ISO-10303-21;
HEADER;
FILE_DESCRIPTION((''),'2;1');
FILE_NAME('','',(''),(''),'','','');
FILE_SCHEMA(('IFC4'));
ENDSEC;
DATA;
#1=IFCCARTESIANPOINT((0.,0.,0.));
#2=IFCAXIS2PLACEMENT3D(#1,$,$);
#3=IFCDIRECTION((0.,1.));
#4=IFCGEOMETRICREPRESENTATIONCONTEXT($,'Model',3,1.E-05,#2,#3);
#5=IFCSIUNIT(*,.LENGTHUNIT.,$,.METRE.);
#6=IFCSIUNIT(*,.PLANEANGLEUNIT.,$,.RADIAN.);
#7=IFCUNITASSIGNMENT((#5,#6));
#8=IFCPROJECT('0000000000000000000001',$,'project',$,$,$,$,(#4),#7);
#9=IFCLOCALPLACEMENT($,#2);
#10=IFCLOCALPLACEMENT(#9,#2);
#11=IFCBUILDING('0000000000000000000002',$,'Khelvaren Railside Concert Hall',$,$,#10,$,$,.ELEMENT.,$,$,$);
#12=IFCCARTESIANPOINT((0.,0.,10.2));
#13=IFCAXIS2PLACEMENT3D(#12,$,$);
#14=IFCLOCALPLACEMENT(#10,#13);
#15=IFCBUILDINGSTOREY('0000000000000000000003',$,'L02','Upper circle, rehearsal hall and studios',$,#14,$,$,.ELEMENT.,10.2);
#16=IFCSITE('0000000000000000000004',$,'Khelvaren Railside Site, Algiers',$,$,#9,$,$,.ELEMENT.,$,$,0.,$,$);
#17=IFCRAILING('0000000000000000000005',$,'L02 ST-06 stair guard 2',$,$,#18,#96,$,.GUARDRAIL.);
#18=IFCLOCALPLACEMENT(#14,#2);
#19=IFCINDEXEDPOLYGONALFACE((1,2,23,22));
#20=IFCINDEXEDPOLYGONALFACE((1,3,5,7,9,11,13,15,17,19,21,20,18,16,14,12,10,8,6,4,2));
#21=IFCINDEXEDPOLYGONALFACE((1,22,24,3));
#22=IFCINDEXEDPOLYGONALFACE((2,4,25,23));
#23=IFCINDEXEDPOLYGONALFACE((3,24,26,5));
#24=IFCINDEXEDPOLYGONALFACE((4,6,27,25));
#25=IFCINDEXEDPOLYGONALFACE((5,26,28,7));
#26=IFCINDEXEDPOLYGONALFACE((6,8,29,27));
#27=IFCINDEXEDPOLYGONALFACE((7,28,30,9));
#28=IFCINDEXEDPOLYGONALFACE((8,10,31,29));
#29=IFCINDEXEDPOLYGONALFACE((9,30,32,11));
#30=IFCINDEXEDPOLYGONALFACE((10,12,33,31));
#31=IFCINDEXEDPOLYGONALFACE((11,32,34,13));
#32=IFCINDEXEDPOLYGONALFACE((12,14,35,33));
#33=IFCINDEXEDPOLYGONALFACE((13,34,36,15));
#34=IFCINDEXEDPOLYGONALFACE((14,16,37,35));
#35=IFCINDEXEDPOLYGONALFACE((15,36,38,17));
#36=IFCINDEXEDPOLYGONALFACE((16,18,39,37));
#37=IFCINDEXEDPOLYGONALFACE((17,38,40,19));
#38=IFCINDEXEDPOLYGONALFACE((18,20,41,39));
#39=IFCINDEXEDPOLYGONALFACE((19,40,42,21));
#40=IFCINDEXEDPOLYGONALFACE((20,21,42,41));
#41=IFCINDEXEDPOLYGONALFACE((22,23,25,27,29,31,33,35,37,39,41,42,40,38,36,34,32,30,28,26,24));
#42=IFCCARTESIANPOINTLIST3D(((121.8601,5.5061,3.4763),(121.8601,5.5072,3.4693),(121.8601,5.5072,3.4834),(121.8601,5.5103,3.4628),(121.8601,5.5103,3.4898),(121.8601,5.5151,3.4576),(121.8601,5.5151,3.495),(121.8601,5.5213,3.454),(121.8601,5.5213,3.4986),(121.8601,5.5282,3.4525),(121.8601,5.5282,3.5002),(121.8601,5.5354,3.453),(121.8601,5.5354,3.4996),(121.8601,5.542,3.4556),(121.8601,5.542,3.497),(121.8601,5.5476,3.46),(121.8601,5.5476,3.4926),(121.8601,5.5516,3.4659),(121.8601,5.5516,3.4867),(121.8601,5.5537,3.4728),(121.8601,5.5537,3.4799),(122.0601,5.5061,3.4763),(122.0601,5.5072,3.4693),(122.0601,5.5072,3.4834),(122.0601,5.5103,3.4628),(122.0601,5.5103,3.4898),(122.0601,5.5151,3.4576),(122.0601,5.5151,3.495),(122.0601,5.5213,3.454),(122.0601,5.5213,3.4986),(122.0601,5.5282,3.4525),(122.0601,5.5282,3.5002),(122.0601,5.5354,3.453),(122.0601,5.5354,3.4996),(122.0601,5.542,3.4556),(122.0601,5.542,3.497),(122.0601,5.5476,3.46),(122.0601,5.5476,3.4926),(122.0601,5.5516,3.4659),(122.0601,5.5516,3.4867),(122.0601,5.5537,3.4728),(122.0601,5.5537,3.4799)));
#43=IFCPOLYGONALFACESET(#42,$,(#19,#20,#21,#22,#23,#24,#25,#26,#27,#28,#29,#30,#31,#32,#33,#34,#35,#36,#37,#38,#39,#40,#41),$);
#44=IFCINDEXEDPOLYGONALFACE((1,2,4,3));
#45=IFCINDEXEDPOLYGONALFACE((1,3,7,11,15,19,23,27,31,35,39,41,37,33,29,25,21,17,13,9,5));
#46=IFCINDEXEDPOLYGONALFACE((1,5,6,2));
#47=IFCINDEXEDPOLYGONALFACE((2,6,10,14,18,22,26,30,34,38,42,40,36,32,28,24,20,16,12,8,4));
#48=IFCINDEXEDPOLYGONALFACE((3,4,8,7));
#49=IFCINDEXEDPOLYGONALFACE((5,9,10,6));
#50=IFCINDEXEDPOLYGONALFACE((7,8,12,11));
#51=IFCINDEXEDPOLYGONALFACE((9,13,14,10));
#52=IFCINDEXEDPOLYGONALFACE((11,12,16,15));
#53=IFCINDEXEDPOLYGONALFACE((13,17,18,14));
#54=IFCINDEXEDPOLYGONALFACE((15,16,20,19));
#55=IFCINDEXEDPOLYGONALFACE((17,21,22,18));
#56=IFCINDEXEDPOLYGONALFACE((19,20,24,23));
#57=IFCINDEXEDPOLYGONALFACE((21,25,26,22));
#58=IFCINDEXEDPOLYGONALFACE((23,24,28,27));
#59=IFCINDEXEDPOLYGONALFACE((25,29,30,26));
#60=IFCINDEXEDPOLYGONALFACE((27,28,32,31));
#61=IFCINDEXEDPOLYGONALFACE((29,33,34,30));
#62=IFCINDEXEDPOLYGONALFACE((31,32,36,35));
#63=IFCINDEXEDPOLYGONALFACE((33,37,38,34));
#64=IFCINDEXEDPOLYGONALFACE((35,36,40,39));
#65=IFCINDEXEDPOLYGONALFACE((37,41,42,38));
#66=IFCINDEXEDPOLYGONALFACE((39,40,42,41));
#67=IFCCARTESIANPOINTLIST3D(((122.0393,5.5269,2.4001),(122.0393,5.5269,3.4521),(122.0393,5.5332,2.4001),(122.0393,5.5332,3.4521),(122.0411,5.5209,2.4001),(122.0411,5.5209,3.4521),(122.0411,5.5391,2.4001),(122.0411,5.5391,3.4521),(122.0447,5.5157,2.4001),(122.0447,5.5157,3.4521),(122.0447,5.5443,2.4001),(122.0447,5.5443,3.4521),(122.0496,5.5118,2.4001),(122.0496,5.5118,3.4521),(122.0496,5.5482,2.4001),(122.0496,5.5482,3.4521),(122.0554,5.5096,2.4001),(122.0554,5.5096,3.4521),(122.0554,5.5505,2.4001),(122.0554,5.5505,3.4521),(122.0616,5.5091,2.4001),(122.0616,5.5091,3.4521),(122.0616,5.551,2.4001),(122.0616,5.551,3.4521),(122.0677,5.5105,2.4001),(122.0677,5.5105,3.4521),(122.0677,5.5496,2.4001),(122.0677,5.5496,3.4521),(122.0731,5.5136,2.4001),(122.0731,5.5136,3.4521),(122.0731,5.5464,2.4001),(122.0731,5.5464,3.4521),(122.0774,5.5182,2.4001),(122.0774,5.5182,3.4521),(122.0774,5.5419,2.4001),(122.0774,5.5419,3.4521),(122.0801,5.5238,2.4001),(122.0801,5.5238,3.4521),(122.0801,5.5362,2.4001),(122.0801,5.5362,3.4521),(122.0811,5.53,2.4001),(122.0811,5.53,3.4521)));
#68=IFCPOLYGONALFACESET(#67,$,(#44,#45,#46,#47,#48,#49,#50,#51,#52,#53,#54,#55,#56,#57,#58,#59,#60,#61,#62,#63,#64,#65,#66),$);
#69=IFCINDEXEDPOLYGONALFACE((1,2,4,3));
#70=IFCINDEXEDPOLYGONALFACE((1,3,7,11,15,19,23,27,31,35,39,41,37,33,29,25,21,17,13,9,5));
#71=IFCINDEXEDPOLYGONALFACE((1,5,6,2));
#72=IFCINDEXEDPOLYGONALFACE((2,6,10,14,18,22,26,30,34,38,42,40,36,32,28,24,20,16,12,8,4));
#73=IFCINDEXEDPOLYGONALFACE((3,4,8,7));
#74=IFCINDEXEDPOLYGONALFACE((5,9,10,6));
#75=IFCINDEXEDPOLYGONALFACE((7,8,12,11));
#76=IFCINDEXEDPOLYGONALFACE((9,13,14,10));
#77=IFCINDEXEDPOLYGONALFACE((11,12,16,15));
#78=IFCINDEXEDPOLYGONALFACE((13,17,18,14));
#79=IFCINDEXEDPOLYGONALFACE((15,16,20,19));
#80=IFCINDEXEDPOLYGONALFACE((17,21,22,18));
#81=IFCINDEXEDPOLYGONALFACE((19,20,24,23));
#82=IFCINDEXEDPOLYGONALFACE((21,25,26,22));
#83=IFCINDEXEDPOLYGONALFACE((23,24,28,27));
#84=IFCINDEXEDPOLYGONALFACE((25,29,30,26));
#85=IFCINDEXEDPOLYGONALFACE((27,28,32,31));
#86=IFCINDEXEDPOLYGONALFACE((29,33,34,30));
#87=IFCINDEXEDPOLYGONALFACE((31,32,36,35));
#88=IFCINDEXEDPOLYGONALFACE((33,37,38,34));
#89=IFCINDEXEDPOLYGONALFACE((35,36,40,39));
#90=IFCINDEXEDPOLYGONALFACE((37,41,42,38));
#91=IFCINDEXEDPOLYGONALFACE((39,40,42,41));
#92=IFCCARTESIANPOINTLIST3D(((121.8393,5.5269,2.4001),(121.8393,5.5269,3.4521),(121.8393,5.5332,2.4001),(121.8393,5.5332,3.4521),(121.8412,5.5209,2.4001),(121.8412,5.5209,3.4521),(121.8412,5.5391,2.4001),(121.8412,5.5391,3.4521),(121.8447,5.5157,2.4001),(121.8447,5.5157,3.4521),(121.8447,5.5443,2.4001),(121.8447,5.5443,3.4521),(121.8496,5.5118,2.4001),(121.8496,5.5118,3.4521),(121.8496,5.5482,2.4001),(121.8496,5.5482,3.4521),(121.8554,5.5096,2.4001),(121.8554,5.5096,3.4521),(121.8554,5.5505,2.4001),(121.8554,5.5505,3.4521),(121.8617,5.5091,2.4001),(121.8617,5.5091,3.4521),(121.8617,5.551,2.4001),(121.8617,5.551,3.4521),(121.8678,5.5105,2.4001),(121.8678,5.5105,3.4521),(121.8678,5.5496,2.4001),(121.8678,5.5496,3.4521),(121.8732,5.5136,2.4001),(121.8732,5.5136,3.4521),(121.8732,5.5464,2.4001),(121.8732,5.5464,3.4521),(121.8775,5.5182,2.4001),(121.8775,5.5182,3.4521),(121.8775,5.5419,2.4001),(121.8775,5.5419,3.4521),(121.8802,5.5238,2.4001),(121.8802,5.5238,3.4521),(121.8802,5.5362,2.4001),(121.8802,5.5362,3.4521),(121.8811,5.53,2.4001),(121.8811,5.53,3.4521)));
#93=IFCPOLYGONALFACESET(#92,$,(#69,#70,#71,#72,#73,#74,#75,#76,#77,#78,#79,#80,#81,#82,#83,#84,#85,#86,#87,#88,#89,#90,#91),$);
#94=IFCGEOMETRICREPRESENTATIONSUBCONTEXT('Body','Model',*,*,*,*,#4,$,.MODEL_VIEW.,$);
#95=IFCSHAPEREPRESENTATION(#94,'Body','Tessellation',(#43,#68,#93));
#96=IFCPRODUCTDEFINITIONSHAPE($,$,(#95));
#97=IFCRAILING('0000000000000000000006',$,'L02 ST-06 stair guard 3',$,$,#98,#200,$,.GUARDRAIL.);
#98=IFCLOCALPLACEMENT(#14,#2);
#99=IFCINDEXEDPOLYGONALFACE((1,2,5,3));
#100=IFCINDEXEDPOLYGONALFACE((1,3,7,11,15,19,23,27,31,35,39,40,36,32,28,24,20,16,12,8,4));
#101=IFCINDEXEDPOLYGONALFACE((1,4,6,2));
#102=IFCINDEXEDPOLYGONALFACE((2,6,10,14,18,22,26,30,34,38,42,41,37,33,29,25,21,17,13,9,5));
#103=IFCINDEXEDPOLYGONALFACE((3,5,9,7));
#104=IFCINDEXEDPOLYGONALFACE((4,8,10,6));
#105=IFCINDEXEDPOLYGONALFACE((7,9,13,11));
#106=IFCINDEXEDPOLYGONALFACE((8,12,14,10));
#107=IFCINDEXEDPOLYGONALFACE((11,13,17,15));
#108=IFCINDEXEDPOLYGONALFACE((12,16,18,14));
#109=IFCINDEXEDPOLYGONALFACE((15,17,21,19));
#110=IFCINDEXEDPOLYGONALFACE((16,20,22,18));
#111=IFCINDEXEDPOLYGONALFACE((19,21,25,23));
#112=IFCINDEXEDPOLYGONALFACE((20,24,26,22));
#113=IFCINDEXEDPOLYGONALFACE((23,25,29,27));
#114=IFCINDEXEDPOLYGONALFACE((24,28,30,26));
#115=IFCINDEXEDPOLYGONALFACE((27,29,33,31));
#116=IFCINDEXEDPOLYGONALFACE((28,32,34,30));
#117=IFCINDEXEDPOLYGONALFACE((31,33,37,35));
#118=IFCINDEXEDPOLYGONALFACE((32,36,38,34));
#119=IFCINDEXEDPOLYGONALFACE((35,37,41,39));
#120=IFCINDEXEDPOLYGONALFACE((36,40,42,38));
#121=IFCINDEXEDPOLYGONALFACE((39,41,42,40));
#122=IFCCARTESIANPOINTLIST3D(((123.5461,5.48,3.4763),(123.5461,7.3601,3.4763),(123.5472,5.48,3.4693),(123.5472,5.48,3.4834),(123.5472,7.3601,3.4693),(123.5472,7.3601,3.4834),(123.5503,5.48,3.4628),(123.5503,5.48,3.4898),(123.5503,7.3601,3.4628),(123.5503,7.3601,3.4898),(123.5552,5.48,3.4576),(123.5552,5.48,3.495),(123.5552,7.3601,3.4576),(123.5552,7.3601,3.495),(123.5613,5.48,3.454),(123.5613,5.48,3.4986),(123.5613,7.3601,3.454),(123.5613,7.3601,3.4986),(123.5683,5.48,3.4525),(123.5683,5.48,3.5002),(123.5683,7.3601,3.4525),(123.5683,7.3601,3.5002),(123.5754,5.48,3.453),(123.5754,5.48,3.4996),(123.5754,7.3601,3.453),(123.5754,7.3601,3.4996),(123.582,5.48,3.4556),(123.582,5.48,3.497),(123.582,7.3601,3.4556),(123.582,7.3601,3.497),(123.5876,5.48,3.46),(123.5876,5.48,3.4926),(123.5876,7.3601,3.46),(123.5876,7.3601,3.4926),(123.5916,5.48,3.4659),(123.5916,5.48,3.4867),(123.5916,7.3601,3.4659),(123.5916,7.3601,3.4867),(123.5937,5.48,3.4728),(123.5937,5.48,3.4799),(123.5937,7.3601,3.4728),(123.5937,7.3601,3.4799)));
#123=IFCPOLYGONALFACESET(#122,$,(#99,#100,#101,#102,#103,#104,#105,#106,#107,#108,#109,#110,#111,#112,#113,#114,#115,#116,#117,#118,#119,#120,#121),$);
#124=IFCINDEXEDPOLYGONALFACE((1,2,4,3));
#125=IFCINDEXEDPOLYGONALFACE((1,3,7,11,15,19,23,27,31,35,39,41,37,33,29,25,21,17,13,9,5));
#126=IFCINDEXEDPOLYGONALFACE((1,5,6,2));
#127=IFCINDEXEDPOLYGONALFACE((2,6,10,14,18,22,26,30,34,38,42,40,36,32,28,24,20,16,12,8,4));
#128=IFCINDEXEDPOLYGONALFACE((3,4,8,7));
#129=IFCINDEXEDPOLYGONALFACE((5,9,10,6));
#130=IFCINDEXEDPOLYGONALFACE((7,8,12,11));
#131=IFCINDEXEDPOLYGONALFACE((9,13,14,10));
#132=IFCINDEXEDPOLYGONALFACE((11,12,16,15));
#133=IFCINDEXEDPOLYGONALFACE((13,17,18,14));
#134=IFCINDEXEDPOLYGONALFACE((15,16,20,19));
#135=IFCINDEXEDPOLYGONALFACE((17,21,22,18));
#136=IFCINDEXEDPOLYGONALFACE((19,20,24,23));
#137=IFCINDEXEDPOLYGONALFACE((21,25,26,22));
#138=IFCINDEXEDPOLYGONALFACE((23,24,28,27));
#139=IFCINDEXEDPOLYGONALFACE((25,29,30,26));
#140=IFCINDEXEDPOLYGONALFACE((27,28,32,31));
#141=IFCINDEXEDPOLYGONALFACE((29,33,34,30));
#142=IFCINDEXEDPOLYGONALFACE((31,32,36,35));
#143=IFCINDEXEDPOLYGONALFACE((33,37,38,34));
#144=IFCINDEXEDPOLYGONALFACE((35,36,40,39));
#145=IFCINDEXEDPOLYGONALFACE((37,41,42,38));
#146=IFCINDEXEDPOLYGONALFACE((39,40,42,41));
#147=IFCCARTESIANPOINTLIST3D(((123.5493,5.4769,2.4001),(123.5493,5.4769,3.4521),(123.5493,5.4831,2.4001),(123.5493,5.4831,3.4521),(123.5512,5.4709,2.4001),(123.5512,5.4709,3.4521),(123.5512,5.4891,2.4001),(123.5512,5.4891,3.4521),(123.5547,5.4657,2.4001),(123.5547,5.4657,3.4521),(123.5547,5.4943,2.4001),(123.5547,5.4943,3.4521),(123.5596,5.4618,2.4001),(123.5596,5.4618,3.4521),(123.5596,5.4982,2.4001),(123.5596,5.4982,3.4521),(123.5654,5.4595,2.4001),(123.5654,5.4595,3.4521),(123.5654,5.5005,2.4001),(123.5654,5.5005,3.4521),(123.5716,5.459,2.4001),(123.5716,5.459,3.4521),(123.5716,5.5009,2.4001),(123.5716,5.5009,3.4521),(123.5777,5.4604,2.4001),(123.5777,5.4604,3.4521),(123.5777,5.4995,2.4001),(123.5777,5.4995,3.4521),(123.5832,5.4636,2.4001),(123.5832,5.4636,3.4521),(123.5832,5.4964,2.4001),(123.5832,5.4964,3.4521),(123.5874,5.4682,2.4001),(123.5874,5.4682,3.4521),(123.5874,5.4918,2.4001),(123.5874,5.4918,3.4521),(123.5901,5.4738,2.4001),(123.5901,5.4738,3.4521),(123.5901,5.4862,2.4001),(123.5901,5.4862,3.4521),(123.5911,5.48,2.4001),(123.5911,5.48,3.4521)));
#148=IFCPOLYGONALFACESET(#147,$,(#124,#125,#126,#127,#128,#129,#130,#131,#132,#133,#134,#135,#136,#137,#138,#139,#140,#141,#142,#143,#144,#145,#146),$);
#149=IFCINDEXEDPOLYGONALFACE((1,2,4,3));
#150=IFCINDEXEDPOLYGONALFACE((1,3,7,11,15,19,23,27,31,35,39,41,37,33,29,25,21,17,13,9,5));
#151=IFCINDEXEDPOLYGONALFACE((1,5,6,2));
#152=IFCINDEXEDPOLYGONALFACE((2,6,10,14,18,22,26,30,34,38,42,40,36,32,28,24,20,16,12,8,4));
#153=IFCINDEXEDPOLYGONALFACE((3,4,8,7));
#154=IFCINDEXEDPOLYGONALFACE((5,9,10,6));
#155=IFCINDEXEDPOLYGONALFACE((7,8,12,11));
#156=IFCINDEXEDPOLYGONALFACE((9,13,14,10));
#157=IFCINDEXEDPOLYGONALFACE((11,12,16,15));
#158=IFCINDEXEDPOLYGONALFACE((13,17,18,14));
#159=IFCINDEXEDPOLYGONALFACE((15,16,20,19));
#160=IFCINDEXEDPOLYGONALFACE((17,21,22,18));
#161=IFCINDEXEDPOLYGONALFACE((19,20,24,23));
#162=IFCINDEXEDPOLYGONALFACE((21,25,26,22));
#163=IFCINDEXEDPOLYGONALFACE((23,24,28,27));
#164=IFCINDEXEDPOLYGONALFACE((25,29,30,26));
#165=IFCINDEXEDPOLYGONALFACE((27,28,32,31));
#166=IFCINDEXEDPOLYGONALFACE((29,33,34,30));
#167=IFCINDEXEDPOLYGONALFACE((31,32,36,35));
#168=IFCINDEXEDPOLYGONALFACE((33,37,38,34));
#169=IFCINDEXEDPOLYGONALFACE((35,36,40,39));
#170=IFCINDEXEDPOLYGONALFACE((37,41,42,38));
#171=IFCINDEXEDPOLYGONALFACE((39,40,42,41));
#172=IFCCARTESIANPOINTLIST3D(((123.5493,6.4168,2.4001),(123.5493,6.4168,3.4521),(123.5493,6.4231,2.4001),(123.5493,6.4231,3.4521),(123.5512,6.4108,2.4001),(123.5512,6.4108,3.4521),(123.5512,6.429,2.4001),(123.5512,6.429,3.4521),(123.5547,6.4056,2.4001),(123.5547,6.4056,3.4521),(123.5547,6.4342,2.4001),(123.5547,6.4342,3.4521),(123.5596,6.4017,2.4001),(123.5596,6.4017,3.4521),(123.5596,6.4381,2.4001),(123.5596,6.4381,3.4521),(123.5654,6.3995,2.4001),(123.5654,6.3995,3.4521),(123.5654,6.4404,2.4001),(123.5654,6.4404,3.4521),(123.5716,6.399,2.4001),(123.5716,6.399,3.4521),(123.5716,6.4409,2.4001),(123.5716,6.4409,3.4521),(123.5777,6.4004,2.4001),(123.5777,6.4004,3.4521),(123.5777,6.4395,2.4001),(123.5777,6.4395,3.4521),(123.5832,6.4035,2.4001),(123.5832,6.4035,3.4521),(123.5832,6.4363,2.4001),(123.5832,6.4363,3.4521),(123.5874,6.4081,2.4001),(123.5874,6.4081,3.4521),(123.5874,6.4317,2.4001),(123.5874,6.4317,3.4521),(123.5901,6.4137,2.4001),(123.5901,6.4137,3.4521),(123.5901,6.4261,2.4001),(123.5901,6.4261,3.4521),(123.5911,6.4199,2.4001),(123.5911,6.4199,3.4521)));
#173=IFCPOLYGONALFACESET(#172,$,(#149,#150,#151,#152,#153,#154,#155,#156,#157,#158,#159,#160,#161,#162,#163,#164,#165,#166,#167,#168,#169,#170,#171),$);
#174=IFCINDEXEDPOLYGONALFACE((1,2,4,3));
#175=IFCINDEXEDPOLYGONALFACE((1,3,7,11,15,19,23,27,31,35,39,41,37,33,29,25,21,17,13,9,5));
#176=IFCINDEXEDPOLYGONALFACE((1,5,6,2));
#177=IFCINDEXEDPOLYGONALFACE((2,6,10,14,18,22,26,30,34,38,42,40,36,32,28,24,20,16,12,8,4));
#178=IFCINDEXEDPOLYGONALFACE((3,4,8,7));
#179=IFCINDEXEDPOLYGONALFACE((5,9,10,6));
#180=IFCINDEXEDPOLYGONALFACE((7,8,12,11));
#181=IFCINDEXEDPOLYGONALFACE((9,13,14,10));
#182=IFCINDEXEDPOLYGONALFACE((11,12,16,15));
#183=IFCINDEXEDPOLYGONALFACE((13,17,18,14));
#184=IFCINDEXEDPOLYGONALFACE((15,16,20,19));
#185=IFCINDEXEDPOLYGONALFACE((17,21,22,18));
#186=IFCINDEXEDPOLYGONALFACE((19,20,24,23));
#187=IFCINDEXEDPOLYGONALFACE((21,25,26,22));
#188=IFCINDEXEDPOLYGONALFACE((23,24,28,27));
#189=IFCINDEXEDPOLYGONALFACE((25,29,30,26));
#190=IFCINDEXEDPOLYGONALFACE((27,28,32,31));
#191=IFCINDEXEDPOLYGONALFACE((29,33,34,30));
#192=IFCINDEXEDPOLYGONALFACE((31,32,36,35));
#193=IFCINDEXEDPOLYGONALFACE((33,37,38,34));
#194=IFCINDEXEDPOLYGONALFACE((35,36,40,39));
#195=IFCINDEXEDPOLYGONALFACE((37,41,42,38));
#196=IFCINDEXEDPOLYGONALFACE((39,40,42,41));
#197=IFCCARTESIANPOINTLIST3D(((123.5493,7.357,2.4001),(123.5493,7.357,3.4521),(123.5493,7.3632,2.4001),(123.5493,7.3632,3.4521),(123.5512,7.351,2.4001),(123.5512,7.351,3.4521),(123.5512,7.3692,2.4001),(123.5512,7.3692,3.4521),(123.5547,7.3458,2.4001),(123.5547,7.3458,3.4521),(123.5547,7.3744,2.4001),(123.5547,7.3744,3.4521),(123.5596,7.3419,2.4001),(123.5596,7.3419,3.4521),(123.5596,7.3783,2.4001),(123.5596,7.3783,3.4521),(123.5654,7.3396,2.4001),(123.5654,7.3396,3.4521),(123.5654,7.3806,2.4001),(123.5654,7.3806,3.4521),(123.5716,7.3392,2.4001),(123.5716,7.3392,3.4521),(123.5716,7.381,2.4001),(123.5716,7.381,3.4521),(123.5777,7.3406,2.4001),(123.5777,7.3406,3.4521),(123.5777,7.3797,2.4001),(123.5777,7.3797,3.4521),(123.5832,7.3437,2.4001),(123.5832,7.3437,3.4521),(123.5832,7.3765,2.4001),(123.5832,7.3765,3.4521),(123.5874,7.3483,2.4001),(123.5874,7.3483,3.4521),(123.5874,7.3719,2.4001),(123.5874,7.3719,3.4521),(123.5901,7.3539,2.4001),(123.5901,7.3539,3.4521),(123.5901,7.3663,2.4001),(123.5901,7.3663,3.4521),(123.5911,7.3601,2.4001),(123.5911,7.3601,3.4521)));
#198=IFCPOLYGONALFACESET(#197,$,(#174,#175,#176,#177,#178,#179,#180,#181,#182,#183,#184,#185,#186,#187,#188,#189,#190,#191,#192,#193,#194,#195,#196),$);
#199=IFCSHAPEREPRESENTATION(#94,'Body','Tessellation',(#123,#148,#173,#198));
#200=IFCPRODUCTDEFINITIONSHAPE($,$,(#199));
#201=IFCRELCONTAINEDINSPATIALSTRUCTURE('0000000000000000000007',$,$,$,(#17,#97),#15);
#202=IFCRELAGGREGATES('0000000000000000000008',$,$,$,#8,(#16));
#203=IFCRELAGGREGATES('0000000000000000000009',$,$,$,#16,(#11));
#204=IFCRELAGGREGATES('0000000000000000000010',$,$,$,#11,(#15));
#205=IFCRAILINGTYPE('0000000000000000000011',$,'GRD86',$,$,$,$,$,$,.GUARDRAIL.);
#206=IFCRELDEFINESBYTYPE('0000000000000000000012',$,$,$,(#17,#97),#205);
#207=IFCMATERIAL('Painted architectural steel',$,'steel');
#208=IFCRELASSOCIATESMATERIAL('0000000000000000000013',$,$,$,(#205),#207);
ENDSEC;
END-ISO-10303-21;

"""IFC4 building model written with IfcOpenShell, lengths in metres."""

from ifc_helpers import new_model, si_unit, direction, frame, origin, origin_2d, place, context, subcontext, project, spatial, circle, extrude, material, type_object, element, save


model = new_model("IFC4")

# Units and contexts
model_context = context("Model", 3, precision=1e-05, world=origin(), true_north=direction((0.0, 1.0)))
body_context = subcontext(model_context, "Body", "Model", "MODEL_VIEW")
ifc_project = project(units=[si_unit("LENGTHUNIT", "METRE"), si_unit("PLANEANGLEUNIT", "RADIAN")], contexts=[model_context])

# Site, building, storey
site_placement = place(None, origin())
site = spatial("IfcSite", under=ifc_project, at=site_placement, Name="Khelvaren Railside Site, Algiers", CompositionType="ELEMENT", RefElevation=0.0)
building_placement = place(site_placement, origin())
building = spatial("IfcBuilding", under=site, at=building_placement, Name="Khelvaren Railside Concert Hall", CompositionType="ELEMENT")
storey_placement = place(building_placement, frame((0.0, 0.0, 10.2)))
storey = spatial("IfcBuildingStorey", under=building, at=storey_placement, Name="L02", Description="Upper circle, rehearsal hall and studios", CompositionType="ELEMENT", Elevation=10.2)

# Railings
ifc_material_1 = material(Name="Painted architectural steel", Category="steel")
railing_type_1 = type_object("IfcRailingType", Name="GRD86", PredefinedType="GUARDRAIL", material=ifc_material_1)
railing_1_placement = place(storey_placement, frame((122.0601, 5.53, 2.4001)))
element("IfcRailing", 1, at=railing_1_placement, inside=storey, type_object=railing_type_1, Name="L02 ST-06 stair guard 2", PredefinedType="GUARDRAIL", context=body_context, shape_type="SweptSolid", body=[
    extrude(circle(Radius=0.0239, at=origin_2d()), frame((0.0, 0.0, 1.0762), z_axis=(-1.0, 0.0, 0.0), x_axis=(0.0, -1.0, 0.0)), (0.0, 0.0, 1.0), 0.2),
    extrude(circle(Radius=0.021, at=origin_2d()), origin(), (0.0, 0.0, 1.0), 1.052),
    extrude(circle(Radius=0.021, at=origin_2d()), frame((-0.2, 0.0, 0.0)), (0.0, 0.0, 1.0), 1.052),
])
for number, where, name in (
    (2, (123.5701, 5.48, 2.4001), "L02 ST-06 stair guard 3"),
):
    element("IfcRailing", number, at=place(storey_placement, frame(where)), inside=storey, type_object=railing_type_1, Name=name, PredefinedType="GUARDRAIL", context=body_context, shape_type="SweptSolid", body=[
        extrude(circle(Radius=0.0239, at=origin_2d()), frame((0.0, 0.0, 1.0762), z_axis=(0.0, 1.0, 0.0), x_axis=(-1.0, 0.0, 0.0)), (0.0, 0.0, 1.0), 1.8801),
        extrude(circle(Radius=0.021, at=origin_2d()), origin(), (0.0, 0.0, 1.0), 1.052),
        extrude(circle(Radius=0.021, at=origin_2d()), frame((0.0, 0.9399, 0.0)), (0.0, 0.0, 1.0), 1.052),
        extrude(circle(Radius=0.021, at=origin_2d()), frame((0.0, 1.8801, 0.0)), (0.0, 0.0, 1.0), 1.052),
    ])

save(model, "model.ifc")
